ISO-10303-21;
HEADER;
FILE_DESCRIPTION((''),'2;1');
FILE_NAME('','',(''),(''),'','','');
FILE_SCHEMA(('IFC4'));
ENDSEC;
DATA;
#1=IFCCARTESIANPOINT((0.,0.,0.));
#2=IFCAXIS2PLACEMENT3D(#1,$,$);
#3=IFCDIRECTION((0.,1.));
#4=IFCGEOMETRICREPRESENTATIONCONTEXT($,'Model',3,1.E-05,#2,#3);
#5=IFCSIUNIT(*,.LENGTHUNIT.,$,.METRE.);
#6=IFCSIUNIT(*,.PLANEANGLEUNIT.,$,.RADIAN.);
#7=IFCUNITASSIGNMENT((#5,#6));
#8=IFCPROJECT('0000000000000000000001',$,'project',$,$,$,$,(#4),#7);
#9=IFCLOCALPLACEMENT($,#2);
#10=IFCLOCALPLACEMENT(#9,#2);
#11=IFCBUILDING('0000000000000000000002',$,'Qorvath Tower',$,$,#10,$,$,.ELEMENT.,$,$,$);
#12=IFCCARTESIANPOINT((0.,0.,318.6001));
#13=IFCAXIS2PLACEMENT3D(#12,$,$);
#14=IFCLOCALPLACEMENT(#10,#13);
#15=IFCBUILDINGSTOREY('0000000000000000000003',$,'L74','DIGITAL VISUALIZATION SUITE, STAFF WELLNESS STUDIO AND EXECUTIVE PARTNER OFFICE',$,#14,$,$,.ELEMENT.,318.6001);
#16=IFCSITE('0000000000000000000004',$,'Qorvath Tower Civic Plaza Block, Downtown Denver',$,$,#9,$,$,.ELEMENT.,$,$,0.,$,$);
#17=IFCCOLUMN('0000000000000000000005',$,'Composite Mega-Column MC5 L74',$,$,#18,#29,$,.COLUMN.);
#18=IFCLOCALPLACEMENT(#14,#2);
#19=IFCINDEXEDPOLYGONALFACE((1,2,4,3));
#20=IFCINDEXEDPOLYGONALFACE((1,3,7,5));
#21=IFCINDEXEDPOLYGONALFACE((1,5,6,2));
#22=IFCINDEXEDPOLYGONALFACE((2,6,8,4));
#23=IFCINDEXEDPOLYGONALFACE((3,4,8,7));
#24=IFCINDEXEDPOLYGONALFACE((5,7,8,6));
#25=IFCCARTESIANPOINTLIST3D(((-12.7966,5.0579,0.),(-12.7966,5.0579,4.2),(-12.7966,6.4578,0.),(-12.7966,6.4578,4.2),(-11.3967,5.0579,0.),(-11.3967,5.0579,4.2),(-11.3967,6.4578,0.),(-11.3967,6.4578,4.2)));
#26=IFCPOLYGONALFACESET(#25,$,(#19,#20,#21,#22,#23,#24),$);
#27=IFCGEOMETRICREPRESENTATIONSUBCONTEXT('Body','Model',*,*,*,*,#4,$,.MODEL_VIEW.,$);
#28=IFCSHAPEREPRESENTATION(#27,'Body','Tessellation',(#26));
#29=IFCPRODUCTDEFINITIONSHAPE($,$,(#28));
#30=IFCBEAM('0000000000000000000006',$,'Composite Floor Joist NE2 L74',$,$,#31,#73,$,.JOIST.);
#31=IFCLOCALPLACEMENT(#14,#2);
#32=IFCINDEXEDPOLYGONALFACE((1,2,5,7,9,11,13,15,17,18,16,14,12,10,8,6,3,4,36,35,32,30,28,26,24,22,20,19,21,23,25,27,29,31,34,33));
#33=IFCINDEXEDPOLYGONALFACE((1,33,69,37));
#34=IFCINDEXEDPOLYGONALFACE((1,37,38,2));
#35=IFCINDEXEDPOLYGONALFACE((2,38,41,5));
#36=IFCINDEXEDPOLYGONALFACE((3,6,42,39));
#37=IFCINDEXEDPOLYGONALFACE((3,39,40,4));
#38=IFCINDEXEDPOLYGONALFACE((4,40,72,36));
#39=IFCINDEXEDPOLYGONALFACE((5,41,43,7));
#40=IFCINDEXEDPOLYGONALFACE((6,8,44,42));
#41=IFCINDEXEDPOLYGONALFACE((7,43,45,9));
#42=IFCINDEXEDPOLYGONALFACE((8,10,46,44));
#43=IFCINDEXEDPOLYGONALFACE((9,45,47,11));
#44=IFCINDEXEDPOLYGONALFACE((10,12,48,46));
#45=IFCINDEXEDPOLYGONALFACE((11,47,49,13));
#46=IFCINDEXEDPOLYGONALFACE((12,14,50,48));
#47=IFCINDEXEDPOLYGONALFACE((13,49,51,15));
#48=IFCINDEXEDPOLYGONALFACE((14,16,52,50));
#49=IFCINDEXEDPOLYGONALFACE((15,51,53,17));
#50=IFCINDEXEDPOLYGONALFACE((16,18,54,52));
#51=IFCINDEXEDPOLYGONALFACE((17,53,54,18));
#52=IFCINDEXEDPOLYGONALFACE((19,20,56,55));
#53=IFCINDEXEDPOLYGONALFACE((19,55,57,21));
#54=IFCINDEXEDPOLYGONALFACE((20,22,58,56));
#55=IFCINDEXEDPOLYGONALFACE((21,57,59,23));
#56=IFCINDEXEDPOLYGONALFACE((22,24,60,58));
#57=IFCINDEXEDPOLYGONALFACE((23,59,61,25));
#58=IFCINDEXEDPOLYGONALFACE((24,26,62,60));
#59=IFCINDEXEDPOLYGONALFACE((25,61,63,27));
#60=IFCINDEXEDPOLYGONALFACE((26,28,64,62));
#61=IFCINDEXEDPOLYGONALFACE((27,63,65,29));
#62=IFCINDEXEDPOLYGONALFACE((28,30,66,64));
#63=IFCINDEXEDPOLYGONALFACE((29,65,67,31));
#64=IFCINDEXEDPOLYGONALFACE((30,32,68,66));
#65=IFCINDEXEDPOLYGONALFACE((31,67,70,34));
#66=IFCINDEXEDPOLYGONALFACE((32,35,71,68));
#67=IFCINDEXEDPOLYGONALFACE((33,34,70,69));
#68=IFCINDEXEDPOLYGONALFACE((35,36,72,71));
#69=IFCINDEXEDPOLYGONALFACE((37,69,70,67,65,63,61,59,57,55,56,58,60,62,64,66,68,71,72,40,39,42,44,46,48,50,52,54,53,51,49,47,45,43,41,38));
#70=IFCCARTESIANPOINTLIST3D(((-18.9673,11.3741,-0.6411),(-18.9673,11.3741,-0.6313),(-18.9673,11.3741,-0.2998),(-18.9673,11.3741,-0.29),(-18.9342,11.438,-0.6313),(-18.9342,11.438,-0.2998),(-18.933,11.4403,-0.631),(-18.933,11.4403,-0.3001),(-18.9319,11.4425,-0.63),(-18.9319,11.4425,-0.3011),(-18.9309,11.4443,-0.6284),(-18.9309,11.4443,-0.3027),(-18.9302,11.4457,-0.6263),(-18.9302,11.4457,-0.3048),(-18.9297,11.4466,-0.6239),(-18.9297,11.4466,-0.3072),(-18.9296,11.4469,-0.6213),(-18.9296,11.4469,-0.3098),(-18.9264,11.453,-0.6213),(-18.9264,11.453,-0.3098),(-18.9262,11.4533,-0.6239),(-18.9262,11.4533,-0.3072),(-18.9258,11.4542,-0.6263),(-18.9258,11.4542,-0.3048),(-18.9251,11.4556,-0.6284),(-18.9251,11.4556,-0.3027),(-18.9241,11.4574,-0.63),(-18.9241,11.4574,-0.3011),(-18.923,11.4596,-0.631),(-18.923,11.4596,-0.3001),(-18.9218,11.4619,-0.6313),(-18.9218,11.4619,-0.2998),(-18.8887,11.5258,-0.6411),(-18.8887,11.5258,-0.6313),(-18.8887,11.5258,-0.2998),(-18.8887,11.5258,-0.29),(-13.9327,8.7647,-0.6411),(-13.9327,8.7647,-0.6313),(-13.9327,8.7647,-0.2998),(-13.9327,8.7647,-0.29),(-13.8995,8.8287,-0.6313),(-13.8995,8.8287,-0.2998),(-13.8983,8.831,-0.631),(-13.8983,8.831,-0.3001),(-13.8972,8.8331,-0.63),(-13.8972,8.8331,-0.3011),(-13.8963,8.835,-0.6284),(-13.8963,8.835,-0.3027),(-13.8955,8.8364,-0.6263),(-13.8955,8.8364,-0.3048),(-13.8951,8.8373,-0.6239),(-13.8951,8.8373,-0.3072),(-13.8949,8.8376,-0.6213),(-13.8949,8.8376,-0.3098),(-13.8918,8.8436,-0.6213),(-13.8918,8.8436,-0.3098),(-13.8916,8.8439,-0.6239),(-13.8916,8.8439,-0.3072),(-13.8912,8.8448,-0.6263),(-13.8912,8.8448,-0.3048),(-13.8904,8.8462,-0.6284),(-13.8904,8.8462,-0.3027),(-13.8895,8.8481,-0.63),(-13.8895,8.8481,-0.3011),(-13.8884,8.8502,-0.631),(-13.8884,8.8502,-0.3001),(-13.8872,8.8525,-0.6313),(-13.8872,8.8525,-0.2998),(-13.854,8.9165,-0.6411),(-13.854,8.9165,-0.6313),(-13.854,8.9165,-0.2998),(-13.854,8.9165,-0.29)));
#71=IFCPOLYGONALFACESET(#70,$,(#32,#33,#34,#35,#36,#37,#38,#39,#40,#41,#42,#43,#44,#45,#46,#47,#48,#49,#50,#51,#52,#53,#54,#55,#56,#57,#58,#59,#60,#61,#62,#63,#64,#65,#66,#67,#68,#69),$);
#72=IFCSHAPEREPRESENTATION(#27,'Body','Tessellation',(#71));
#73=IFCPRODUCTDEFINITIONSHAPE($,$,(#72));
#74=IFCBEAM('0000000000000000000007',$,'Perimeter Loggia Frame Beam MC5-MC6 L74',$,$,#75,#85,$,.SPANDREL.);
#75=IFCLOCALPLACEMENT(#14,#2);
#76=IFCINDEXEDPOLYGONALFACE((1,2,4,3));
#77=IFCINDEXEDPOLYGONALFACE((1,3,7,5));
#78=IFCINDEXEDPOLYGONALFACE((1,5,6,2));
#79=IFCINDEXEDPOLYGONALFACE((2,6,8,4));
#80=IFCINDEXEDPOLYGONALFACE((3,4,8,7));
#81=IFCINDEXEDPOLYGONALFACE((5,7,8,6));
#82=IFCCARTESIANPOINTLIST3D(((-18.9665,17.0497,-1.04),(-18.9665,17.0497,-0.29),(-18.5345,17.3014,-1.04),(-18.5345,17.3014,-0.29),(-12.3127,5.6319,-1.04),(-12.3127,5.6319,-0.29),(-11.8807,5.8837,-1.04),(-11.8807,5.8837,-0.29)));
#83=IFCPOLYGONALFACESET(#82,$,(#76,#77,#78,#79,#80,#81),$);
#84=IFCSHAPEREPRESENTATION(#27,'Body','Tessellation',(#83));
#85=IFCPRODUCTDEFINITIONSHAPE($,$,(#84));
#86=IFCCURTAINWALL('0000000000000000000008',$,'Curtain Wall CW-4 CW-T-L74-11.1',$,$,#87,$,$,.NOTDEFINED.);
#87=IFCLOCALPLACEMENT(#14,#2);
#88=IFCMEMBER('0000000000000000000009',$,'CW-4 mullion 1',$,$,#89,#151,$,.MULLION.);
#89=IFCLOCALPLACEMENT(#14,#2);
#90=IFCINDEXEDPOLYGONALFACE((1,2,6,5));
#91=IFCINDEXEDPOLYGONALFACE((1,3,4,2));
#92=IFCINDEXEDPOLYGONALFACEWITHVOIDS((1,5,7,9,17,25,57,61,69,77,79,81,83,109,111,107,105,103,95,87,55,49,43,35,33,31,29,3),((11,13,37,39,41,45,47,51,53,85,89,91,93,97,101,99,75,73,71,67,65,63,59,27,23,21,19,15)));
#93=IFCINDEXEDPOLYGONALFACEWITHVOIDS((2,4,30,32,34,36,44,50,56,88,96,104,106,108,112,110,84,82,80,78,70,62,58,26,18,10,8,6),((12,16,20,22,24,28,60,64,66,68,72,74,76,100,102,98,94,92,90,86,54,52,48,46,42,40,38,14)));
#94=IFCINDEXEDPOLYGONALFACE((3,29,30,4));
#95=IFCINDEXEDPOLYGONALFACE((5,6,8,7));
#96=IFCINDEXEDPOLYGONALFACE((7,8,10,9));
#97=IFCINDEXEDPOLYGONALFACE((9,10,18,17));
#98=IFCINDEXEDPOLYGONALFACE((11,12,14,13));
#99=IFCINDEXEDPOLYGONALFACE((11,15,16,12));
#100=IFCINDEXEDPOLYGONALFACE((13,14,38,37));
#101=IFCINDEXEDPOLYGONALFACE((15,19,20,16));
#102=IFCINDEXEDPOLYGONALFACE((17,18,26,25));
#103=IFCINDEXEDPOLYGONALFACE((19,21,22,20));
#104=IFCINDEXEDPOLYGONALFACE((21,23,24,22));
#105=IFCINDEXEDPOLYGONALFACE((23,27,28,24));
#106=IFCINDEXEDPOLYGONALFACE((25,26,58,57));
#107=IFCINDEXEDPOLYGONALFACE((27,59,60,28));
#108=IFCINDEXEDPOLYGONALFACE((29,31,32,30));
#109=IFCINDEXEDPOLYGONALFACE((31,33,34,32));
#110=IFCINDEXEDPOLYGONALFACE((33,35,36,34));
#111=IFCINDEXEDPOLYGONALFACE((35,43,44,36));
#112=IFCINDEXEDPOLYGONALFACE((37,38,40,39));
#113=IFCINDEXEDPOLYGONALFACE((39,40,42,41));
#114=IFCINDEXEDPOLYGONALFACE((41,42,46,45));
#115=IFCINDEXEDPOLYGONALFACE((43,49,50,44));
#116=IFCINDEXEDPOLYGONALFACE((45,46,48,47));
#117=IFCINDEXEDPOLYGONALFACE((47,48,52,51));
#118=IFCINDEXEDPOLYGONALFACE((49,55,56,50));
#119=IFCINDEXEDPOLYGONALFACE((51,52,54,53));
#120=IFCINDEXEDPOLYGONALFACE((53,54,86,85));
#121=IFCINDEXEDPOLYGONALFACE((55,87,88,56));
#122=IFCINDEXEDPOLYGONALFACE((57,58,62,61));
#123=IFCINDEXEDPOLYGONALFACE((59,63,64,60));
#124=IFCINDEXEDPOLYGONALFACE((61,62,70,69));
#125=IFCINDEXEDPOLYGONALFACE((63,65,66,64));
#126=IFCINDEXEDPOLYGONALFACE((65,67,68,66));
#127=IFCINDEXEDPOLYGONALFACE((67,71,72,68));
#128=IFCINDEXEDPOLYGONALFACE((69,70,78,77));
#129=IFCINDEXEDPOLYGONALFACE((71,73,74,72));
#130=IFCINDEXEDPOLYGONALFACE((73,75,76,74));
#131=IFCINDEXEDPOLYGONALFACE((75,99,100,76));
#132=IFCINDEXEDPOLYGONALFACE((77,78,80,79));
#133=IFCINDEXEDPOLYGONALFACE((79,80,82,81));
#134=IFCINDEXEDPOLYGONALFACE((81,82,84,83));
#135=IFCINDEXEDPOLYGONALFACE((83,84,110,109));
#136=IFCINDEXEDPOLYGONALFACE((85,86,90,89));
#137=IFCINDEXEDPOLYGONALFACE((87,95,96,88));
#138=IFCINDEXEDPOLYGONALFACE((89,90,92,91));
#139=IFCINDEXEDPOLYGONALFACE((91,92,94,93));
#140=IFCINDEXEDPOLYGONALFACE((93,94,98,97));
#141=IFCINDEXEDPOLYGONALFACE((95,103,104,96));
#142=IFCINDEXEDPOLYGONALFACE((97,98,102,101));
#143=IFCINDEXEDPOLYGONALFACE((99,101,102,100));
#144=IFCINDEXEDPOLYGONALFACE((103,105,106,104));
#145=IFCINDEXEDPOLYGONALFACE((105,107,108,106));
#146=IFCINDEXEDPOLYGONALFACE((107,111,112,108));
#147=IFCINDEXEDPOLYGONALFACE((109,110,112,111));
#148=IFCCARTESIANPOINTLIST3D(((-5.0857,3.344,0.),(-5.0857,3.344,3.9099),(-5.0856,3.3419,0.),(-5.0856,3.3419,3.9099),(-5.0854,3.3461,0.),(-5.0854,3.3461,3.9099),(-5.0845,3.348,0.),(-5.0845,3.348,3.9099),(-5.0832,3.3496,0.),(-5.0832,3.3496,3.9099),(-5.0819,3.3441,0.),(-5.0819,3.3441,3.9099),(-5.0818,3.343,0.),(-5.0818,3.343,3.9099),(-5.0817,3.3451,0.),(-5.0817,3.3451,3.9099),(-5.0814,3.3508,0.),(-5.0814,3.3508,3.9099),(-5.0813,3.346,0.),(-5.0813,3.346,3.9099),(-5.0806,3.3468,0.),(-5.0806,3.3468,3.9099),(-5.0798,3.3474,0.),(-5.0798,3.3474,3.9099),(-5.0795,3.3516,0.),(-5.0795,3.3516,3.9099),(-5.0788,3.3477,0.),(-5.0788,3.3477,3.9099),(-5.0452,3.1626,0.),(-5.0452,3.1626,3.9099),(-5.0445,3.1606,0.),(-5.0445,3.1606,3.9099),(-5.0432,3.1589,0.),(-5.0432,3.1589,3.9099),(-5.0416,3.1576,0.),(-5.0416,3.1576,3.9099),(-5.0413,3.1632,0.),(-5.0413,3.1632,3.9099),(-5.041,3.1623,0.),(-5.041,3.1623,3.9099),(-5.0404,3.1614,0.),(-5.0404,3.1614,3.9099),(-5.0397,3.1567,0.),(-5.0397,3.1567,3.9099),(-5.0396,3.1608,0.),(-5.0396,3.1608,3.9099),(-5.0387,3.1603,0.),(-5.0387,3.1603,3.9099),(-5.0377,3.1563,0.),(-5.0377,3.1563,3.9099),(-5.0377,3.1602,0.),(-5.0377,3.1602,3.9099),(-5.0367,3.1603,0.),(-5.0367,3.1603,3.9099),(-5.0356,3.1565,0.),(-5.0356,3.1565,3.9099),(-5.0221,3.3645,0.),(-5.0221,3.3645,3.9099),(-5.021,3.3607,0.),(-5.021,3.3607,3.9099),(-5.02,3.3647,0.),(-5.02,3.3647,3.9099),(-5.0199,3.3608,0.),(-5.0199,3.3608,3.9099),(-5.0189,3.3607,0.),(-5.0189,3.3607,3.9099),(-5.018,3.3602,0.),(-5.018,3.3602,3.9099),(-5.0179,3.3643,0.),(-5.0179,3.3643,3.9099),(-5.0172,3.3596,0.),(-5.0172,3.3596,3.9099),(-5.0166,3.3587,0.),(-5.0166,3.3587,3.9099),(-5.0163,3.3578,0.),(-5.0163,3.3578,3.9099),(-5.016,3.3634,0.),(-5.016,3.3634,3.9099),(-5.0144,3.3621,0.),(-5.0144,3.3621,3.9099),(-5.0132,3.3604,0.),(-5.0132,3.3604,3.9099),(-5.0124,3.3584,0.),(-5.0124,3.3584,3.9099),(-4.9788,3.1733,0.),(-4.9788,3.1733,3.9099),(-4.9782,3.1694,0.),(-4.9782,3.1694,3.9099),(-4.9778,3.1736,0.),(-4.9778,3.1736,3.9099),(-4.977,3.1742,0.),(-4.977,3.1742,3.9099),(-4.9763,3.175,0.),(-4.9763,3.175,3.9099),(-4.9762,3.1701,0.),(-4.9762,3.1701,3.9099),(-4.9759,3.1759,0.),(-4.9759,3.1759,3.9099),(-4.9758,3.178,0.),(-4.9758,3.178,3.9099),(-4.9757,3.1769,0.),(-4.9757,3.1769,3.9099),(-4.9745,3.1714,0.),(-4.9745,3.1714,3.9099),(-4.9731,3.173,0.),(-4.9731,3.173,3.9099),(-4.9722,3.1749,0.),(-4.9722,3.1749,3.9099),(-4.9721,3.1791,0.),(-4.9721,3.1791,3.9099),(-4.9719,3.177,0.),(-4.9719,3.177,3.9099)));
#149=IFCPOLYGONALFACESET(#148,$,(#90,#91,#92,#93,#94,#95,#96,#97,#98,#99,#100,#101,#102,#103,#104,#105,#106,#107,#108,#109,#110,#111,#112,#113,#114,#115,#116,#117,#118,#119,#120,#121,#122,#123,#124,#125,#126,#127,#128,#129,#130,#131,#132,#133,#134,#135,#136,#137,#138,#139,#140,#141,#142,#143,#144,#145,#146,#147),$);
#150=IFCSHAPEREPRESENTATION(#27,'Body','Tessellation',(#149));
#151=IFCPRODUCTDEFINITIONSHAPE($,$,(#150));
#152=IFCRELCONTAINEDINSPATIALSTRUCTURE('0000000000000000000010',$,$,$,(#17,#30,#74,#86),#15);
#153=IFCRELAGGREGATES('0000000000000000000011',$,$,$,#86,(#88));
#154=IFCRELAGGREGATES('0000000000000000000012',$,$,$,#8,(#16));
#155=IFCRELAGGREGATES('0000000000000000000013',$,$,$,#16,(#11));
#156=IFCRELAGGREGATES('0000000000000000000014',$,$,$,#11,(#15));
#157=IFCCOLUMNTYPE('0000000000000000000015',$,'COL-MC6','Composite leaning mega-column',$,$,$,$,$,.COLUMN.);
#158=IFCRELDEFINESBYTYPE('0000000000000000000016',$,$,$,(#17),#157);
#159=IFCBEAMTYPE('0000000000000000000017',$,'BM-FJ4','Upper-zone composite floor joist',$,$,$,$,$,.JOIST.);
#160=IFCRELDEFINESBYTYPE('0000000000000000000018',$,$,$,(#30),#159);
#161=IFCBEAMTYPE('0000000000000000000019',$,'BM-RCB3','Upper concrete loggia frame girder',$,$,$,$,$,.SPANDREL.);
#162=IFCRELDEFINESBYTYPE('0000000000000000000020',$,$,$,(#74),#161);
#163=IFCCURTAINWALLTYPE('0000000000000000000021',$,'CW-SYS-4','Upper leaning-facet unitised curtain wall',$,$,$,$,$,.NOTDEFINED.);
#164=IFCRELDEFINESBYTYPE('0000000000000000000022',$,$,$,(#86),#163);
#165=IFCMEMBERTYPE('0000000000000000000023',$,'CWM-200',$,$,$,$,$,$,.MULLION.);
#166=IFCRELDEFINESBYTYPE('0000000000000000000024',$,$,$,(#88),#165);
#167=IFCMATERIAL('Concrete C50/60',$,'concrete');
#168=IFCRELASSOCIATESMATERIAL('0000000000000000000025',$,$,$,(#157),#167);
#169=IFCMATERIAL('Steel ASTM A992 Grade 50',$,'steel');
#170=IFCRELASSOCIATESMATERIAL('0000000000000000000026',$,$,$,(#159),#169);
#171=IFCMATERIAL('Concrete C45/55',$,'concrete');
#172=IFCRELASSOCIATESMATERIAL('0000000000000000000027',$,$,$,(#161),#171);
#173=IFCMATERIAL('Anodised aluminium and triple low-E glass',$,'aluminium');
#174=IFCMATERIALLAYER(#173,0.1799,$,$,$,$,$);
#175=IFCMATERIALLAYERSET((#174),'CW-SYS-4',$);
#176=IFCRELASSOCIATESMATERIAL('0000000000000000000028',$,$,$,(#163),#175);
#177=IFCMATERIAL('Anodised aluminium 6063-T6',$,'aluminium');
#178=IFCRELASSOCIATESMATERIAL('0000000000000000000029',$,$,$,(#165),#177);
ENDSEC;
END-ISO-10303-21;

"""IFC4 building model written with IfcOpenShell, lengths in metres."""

from ifc_helpers import new_model, si_unit, direction, frame, origin, origin_2d, place, context, subcontext, project, spatial, rectangle, hollow_rectangle, i_section, extrude, material, layer, layer_set, material_profile, profile_set, type_object, element, aggregate, save


model = new_model("IFC4")

# Units and contexts
model_context = context("Model", 3, precision=1e-05, world=origin(), true_north=direction((0.0, 1.0)))
body_context = subcontext(model_context, "Body", "Model", "MODEL_VIEW")
ifc_project = project(units=[si_unit("LENGTHUNIT", "METRE"), si_unit("PLANEANGLEUNIT", "RADIAN")], contexts=[model_context])

# Site, building, storey
site_placement = place(None, origin())
site = spatial("IfcSite", under=ifc_project, at=site_placement, Name="Qorvath Tower Civic Plaza Block, Downtown Denver", CompositionType="ELEMENT", RefElevation=0.0)
building_placement = place(site_placement, origin())
building = spatial("IfcBuilding", under=site, at=building_placement, Name="Qorvath Tower", CompositionType="ELEMENT")
storey_placement = place(building_placement, frame((0.0, 0.0, 318.6001)))
storey = spatial("IfcBuildingStorey", under=building, at=storey_placement, Name="L74", Description="DIGITAL VISUALIZATION SUITE, STAFF WELLNESS STUDIO AND EXECUTIVE PARTNER OFFICE", CompositionType="ELEMENT", Elevation=318.6001)

# Column
ifc_material_1 = material(Name="Concrete C50/60", Category="concrete")
ifc_material_profile_1 = material_profile(ifc_material_1, rectangle(XDim=1.3999, YDim=1.3999, at=origin_2d()), Name="MC 1400x1400")
ifc_profile_set_1 = profile_set([ifc_material_profile_1], Name="Concrete C50/60")
column_type = type_object("IfcColumnType", Name="COL-MC6", Description="Composite leaning mega-column", PredefinedType="COLUMN", material=ifc_profile_set_1)
column_placement = place(storey_placement, frame((-12.0967, 5.7578, 0.0), z_axis=(0.0, 0.0, 1.0), x_axis=(1.0, 0.0, 0.0)))
element("IfcColumn", 1, at=column_placement, inside=storey, type_object=column_type, Name="Composite Mega-Column MC5 L74", PredefinedType="COLUMN", context=body_context, shape_type="SweptSolid", body=[
    extrude(rectangle(XDim=1.3999, YDim=1.3999, at=origin_2d()), origin(), (0.0, 0.0, 1.0), 4.2),
])

# Beams
ifc_material_2 = material(Name="Steel ASTM A992 Grade 50", Category="steel")
ifc_material_profile_2 = material_profile(ifc_material_2, i_section(OverallWidth=0.1709, OverallDepth=0.3511, WebThickness=0.0068, FlangeThickness=0.0098, FilletRadius=0.01, at=origin_2d()), Name="W14x30")
ifc_profile_set_2 = profile_set([ifc_material_profile_2], Name="Steel ASTM A992 Grade 50")
beam_type_1 = type_object("IfcBeamType", Name="BM-FJ4", Description="Upper-zone composite floor joist", PredefinedType="JOIST", material=ifc_profile_set_2)
beam_1_placement = place(storey_placement, frame((-18.928, 11.45, -0.4656), z_axis=(0.887841, -0.460151, 0.0), x_axis=(0.460151, 0.887841, 0.0)))
element("IfcBeam", 2, at=beam_1_placement, inside=storey, type_object=beam_type_1, Name="Composite Floor Joist NE2 L74", PredefinedType="JOIST", context=body_context, shape_type="SweptSolid", body=[
    extrude(i_section(OverallWidth=0.1709, OverallDepth=0.3511, WebThickness=0.0068, FlangeThickness=0.0098, FilletRadius=0.01, at=origin_2d()), origin(), (0.0, 0.0, 1.0), 5.6707),
])
ifc_material_3 = material(Name="Concrete C45/55", Category="concrete")
ifc_material_profile_3 = material_profile(ifc_material_3, rectangle(XDim=0.5, YDim=0.75, at=origin_2d()), Name="RCB 750x500")
ifc_profile_set_3 = profile_set([ifc_material_profile_3], Name="Concrete C45/55")
beam_type_2 = type_object("IfcBeamType", Name="BM-RCB3", Description="Upper concrete loggia frame girder", PredefinedType="SPANDREL", material=ifc_profile_set_3)
beam_2_placement = place(storey_placement, frame((-12.0967, 5.7578, -0.665), z_axis=(-0.503502, 0.863994, 0.0), x_axis=(-0.863994, -0.503502, 0.0)))
element("IfcBeam", 3, at=beam_2_placement, inside=storey, type_object=beam_type_2, Name="Perimeter Loggia Frame Beam MC5-MC6 L74", PredefinedType="SPANDREL", context=body_context, shape_type="SweptSolid", body=[
    extrude(rectangle(XDim=0.5, YDim=0.75, at=origin_2d()), origin(), (0.0, 0.0, 1.0), 13.2151),
])

# Curtain wall, member
ifc_material_4 = material(Name="Anodised aluminium and triple low-E glass", Category="aluminium")
ifc_layer_1 = layer(ifc_material_4, 0.1799)
ifc_layer_set_1 = layer_set([ifc_layer_1], Name="CW-SYS-4")
curtain_wall_type = type_object("IfcCurtainWallType", Name="CW-SYS-4", Description="Upper leaning-facet unitised curtain wall", PredefinedType="NOTDEFINED", material=ifc_layer_set_1)
curtain_wall_1_placement = place(storey_placement, origin())
curtain_wall_1 = element("IfcCurtainWall", 4, at=curtain_wall_1_placement, inside=storey, type_object=curtain_wall_type, Name="Curtain Wall CW-4 CW-T-L74-11.1", PredefinedType="NOTDEFINED")
ifc_material_5 = material(Name="Anodised aluminium 6063-T6", Category="aluminium")
ifc_material_profile_4 = material_profile(ifc_material_5, hollow_rectangle(XDim=0.075, YDim=0.2, WallThickness=0.0039, InnerFilletRadius=0.0039, OuterFilletRadius=0.0081, at=origin_2d()), Name="CWM 200x75")
ifc_profile_set_4 = profile_set([ifc_material_profile_4], Name="Anodised aluminium 6063-T6")
member_type_1 = type_object("IfcMemberType", Name="CWM-200", PredefinedType="MULLION", material=ifc_profile_set_4)
member_1_placement = place(storey_placement, frame((-5.0288, 3.2605, 0.0), z_axis=(0.0, 0.0, 1.0), x_axis=(-0.975597, -0.219569, 0.0)))
member_1 = element("IfcMember", 5, at=member_1_placement, type_object=member_type_1, Name="CW-4 mullion 1", PredefinedType="MULLION", context=body_context, shape_type="SweptSolid", body=[
    extrude(hollow_rectangle(XDim=0.075, YDim=0.2, WallThickness=0.0039, InnerFilletRadius=0.0039, OuterFilletRadius=0.0081, at=origin_2d()), origin(), (0.0, 0.0, 1.0), 3.9099),
])

aggregate(curtain_wall_1, [member_1])

save(model, "model.ifc")
